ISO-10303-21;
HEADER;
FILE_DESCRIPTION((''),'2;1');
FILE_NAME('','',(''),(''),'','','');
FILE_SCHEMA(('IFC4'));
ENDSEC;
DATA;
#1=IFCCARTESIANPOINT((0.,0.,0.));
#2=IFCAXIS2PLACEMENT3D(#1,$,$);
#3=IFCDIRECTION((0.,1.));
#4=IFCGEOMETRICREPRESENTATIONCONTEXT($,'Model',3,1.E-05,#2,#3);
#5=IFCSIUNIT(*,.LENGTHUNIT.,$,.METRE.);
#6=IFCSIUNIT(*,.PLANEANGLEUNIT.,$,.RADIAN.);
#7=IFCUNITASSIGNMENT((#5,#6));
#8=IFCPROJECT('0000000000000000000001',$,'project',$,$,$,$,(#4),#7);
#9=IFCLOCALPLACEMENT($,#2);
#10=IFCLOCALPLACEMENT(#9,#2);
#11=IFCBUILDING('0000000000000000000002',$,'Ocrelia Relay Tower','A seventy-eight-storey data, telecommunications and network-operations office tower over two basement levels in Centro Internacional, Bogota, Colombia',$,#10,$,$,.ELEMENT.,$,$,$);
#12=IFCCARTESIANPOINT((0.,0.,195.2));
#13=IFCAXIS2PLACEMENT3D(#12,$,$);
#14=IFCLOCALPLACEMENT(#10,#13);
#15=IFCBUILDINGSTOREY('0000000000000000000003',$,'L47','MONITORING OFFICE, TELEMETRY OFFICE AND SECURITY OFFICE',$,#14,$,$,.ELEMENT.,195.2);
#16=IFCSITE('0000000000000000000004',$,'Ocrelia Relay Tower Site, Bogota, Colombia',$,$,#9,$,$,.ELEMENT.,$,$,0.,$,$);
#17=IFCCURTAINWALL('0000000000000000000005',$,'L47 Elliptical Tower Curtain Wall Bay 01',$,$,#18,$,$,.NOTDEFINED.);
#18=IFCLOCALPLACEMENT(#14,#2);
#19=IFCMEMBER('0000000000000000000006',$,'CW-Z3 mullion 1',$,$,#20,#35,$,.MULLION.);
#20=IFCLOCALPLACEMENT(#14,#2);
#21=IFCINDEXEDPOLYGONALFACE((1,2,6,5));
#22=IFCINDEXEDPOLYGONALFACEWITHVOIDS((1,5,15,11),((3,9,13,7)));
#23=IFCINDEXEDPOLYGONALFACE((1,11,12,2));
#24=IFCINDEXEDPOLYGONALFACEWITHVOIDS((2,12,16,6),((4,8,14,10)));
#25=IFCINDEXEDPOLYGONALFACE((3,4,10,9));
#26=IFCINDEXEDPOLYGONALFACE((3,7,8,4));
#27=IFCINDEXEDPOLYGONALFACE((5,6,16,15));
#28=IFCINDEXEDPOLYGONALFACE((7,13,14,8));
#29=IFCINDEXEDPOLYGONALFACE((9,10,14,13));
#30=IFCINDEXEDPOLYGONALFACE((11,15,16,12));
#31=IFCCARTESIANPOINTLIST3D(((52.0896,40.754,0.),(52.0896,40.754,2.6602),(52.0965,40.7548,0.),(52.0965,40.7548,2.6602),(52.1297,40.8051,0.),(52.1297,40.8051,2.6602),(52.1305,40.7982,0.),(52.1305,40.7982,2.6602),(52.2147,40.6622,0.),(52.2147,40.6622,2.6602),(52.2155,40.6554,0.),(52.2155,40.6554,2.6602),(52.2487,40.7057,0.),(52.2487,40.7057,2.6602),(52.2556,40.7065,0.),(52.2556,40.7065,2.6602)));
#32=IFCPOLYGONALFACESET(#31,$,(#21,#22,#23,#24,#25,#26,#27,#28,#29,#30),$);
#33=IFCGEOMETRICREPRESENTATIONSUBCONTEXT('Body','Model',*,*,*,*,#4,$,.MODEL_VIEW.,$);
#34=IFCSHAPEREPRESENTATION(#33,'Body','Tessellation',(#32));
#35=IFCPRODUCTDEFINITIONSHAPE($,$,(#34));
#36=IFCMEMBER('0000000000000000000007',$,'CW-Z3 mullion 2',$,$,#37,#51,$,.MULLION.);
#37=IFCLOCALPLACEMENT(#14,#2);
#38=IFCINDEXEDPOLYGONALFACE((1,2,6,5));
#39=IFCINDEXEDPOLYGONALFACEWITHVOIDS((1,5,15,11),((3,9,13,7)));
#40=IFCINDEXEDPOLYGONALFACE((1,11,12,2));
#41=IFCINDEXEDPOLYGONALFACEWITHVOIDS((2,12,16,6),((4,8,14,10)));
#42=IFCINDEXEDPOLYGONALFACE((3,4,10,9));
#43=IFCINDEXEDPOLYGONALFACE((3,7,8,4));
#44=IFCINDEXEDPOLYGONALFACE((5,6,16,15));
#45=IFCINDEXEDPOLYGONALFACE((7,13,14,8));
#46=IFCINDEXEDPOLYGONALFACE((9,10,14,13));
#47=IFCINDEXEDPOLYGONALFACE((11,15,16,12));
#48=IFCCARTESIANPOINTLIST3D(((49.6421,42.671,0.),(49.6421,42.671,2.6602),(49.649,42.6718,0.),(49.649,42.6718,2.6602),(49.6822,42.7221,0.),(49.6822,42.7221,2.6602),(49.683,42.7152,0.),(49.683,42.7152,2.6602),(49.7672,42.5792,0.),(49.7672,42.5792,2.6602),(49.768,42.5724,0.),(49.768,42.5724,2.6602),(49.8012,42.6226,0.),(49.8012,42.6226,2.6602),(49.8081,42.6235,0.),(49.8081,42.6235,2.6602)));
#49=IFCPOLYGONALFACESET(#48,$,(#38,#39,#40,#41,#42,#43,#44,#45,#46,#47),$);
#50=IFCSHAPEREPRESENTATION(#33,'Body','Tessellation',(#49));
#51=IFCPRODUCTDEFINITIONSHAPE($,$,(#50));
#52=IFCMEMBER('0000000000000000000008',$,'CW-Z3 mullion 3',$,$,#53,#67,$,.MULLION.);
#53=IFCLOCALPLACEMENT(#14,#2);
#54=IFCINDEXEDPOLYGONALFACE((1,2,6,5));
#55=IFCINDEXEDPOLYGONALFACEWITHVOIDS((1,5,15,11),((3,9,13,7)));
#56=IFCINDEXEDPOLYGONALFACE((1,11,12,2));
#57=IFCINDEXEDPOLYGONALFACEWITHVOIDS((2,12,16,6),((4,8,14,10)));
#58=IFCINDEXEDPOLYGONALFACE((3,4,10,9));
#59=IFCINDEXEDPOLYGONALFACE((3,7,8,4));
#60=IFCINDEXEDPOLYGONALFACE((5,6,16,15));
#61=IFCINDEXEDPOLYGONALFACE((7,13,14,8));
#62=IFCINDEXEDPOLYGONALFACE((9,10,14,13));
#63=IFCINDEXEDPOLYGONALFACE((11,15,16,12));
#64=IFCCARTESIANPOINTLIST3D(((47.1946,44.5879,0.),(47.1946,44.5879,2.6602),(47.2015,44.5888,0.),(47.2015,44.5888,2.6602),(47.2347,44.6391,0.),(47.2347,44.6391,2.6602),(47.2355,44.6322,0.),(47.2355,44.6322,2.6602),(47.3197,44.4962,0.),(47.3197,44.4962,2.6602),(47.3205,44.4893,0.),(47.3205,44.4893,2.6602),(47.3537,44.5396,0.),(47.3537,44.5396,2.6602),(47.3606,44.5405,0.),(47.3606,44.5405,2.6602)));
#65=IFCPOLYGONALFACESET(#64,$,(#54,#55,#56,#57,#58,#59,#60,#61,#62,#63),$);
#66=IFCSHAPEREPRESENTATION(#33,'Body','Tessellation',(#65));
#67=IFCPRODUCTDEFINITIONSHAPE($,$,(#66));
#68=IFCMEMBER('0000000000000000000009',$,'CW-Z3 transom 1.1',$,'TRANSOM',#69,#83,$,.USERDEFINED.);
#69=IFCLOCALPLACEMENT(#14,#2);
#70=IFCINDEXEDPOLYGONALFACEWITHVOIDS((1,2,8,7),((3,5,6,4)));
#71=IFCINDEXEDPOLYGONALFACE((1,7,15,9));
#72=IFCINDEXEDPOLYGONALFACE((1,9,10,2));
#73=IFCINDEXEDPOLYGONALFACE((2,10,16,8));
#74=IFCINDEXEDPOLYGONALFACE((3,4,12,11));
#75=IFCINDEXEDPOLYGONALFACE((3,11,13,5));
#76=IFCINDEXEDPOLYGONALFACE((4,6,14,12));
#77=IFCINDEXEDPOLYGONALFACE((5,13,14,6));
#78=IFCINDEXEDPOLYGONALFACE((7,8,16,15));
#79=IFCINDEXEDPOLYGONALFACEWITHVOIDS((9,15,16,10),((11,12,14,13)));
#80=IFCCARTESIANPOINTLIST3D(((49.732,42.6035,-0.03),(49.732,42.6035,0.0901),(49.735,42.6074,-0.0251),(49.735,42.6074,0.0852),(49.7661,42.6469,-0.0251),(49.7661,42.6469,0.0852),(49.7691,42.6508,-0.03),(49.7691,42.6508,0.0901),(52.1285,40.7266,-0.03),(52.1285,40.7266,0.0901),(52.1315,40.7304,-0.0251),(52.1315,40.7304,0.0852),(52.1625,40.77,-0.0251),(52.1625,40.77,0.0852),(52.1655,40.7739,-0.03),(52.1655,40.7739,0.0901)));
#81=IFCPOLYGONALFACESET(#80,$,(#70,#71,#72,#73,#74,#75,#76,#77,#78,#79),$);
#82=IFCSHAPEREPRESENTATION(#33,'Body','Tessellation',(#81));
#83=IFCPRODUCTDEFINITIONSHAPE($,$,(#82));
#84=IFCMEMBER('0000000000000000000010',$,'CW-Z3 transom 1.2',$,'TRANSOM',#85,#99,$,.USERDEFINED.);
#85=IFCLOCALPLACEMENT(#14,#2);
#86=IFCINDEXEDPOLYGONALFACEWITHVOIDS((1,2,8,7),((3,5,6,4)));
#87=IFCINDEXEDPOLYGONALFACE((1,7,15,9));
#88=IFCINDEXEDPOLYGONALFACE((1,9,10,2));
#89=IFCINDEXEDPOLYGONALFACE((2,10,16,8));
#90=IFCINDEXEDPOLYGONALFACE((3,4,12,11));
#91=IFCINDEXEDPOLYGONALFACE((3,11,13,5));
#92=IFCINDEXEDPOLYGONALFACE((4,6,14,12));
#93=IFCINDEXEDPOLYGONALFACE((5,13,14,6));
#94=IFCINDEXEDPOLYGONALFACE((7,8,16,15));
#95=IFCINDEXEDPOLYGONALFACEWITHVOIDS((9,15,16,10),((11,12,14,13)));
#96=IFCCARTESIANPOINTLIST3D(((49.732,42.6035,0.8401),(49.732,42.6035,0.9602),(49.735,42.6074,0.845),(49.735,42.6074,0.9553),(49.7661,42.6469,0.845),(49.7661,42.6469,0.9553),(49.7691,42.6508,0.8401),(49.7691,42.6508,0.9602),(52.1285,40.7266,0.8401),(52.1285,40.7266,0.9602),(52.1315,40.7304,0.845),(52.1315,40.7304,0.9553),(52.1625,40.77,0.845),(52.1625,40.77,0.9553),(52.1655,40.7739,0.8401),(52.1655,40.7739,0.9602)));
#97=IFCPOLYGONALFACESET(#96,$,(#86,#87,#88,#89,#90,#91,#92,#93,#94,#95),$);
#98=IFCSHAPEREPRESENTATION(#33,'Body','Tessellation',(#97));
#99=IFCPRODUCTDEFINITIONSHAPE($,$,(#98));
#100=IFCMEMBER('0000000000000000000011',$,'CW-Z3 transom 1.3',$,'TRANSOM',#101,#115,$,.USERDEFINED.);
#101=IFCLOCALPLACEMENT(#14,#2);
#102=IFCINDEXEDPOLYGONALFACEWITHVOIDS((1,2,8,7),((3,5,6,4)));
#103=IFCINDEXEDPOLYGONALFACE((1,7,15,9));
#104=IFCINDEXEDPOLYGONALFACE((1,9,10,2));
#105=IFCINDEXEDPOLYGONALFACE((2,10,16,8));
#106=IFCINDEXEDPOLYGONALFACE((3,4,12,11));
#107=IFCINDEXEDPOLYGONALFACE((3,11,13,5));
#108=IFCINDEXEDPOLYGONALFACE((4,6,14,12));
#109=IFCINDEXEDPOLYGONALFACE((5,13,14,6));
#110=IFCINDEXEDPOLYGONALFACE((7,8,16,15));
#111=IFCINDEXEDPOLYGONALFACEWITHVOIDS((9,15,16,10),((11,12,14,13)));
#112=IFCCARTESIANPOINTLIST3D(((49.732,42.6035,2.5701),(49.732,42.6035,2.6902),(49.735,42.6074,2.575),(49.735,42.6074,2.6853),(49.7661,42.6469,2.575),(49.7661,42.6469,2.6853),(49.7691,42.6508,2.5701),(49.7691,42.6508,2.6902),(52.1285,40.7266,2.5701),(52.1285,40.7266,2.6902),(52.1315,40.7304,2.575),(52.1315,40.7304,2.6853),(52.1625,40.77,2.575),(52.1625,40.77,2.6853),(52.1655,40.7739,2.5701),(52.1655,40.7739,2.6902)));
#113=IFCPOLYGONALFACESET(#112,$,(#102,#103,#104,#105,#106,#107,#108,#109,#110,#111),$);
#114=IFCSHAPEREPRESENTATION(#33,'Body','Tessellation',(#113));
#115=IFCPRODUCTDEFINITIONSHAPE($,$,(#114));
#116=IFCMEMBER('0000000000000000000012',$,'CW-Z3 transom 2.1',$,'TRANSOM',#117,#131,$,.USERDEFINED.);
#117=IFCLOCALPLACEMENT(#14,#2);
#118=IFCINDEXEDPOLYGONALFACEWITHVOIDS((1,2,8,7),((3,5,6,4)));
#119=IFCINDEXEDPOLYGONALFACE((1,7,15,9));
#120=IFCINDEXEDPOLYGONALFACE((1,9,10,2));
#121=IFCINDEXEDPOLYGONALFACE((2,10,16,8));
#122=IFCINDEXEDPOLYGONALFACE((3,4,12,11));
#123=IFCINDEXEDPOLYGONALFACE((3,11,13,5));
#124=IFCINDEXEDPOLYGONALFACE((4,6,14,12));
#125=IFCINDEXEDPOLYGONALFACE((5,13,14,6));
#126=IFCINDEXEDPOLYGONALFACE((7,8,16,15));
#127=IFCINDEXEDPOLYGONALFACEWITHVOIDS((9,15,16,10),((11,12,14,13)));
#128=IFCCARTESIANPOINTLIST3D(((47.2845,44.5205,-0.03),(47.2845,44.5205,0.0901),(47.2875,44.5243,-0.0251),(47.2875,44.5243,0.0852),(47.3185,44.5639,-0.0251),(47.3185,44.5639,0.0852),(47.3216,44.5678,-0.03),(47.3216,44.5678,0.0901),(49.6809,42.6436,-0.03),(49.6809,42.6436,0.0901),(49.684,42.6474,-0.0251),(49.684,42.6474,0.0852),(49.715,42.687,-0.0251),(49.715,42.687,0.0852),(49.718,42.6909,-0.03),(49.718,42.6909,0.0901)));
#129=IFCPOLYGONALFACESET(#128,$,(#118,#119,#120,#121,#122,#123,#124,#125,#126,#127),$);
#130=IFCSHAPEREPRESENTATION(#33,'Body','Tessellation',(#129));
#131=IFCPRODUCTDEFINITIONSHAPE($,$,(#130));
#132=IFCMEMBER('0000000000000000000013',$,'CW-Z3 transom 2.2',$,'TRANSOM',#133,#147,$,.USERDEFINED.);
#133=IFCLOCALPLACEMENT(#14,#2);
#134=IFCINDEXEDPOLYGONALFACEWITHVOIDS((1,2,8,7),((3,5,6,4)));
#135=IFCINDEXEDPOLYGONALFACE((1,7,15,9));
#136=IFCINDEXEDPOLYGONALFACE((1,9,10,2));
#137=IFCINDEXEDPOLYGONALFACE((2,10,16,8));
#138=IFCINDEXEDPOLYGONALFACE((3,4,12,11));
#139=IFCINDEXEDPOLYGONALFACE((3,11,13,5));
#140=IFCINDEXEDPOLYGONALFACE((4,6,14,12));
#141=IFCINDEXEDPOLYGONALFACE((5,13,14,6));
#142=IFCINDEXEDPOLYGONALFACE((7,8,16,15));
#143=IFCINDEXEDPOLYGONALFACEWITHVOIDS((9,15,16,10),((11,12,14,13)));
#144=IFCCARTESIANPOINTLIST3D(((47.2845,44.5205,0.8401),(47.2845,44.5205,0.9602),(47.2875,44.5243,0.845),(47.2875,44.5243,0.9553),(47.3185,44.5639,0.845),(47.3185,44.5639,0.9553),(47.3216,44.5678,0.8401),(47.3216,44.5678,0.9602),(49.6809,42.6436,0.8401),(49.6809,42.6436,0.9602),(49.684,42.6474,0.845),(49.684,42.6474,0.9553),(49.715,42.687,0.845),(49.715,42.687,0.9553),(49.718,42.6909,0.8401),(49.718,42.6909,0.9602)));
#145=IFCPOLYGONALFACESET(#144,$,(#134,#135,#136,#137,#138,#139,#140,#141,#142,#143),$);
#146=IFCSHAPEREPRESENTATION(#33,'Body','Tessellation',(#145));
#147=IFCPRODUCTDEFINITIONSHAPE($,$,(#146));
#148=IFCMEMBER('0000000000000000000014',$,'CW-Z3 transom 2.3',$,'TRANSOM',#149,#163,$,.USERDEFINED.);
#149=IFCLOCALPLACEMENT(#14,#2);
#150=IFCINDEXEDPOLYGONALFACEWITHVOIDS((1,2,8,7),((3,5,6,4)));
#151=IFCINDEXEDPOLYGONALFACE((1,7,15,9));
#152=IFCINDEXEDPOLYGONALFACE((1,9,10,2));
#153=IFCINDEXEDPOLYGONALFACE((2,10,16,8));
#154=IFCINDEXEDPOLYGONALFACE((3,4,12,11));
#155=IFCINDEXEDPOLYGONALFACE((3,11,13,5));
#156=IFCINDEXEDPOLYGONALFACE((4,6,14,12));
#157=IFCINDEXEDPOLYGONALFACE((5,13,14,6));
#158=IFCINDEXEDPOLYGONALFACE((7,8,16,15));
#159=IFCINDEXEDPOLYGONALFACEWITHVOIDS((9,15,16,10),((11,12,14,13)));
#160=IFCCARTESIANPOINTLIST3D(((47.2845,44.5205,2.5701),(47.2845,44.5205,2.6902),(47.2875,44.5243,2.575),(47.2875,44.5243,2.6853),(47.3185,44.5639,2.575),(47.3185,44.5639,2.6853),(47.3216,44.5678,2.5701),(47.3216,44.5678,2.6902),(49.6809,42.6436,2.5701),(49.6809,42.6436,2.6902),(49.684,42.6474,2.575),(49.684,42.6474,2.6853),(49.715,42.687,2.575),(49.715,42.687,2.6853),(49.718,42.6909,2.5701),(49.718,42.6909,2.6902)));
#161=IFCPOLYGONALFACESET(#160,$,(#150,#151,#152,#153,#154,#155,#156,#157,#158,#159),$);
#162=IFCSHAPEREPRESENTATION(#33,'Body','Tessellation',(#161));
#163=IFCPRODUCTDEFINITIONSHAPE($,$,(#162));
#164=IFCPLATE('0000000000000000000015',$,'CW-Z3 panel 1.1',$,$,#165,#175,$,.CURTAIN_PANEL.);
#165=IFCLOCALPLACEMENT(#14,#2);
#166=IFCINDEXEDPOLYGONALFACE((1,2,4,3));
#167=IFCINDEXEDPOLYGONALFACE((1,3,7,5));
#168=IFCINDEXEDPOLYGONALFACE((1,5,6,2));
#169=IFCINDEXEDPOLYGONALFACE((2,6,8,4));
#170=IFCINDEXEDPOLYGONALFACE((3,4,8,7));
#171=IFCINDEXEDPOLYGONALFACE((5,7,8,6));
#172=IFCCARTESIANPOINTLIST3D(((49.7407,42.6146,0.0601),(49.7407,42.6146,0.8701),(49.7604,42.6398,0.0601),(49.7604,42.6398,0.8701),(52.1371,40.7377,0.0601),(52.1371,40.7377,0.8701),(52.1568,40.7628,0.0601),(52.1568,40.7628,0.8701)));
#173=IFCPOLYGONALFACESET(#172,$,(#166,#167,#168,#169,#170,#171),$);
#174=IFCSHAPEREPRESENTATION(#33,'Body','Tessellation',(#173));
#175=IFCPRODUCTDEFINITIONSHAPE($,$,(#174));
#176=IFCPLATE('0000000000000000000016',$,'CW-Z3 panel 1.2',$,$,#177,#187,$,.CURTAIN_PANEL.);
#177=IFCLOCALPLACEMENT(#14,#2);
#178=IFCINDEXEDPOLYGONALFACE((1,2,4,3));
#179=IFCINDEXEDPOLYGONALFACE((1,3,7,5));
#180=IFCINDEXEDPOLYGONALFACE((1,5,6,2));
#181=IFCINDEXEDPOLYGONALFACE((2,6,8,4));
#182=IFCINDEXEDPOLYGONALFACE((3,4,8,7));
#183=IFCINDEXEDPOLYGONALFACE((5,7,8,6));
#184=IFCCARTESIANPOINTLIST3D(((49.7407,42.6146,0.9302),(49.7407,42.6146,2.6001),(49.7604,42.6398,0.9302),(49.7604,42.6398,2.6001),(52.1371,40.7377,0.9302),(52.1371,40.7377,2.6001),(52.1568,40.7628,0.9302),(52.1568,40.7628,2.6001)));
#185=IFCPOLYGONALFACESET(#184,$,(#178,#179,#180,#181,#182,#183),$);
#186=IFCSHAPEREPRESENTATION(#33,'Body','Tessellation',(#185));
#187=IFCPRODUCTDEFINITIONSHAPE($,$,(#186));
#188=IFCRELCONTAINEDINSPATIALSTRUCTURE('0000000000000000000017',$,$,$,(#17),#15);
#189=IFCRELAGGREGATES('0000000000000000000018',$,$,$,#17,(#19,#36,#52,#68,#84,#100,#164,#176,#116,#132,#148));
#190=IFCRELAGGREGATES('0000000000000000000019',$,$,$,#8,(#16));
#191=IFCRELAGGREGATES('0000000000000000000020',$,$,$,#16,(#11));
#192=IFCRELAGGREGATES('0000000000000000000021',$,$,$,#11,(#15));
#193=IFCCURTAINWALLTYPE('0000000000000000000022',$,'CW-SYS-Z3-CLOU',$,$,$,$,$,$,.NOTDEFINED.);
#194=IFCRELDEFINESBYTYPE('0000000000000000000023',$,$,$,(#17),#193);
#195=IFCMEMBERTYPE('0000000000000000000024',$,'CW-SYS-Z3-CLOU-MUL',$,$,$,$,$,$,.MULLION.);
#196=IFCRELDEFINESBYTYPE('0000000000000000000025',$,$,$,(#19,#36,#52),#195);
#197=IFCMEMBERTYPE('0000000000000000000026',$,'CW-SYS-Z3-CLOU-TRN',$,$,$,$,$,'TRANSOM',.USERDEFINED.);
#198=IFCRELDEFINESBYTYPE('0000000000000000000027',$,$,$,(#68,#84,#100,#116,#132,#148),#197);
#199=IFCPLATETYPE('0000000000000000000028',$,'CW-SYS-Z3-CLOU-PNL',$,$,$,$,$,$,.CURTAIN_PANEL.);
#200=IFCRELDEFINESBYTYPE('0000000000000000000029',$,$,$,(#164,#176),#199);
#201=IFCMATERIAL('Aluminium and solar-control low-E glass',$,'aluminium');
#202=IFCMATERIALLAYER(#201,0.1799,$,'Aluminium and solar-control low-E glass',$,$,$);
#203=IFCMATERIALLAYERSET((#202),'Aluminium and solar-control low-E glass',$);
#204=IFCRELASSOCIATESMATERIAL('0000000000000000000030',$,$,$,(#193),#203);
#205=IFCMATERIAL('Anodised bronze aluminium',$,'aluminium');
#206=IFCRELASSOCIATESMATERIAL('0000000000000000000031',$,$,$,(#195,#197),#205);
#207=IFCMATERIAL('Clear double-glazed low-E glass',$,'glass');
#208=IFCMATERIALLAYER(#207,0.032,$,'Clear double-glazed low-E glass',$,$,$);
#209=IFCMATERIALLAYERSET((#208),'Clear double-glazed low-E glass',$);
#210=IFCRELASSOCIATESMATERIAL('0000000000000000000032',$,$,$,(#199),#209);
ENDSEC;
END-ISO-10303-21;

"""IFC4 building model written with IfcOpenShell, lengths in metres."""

from ifc_helpers import new_model, si_unit, direction, frame, origin, origin_2d, place, context, subcontext, project, spatial, rectangle, hollow_rectangle, extrude, material, layer, layer_set, material_profile, profile_set, type_object, element, aggregate, save


model = new_model("IFC4")

# Units and contexts
model_context = context("Model", 3, precision=1e-05, world=origin(), true_north=direction((0.0, 1.0)))
body_context = subcontext(model_context, "Body", "Model", "MODEL_VIEW")
ifc_project = project(units=[si_unit("LENGTHUNIT", "METRE"), si_unit("PLANEANGLEUNIT", "RADIAN")], contexts=[model_context])

# Site, building, storey
site_placement = place(None, origin())
site = spatial("IfcSite", under=ifc_project, at=site_placement, Name="Ocrelia Relay Tower Site, Bogota, Colombia", CompositionType="ELEMENT", RefElevation=0.0)
building_placement = place(site_placement, origin())
building = spatial("IfcBuilding", under=site, at=building_placement, Name="Ocrelia Relay Tower", Description="A seventy-eight-storey data, telecommunications and network-operations office tower over two basement levels in Centro Internacional, Bogota, Colombia", CompositionType="ELEMENT")
storey_placement = place(building_placement, frame((0.0, 0.0, 195.2)))
storey = spatial("IfcBuildingStorey", under=building, at=storey_placement, Name="L47", Description="MONITORING OFFICE, TELEMETRY OFFICE AND SECURITY OFFICE", CompositionType="ELEMENT", Elevation=195.2)

# Curtain wall, members, plates
ifc_material_1 = material(Name="Aluminium and solar-control low-E glass", Category="aluminium")
ifc_layer_1 = layer(ifc_material_1, 0.1799, Name="Aluminium and solar-control low-E glass")
ifc_layer_set_1 = layer_set([ifc_layer_1], Name="Aluminium and solar-control low-E glass")
curtain_wall_type = type_object("IfcCurtainWallType", Name="CW-SYS-Z3-CLOU", PredefinedType="NOTDEFINED", material=ifc_layer_set_1)
curtain_wall_placement = place(storey_placement, origin())
curtain_wall = element("IfcCurtainWall", 1, at=curtain_wall_placement, inside=storey, type_object=curtain_wall_type, Name="L47 Elliptical Tower Curtain Wall Bay 01", PredefinedType="NOTDEFINED")
ifc_material_2 = material(Name="Anodised bronze aluminium", Category="aluminium")
ifc_material_profile_1 = material_profile(ifc_material_2, hollow_rectangle(XDim=0.0649, YDim=0.1599, WallThickness=0.0049, at=origin_2d()), Name="CW-MUL-160x65")
ifc_profile_set_1 = profile_set([ifc_material_profile_1], Name="Anodised bronze aluminium")
member_type_1 = type_object("IfcMemberType", Name="CW-SYS-Z3-CLOU-MUL", PredefinedType="MULLION", material=ifc_profile_set_1)
member_1_placement = place(storey_placement, frame((52.1726, 40.7302, 0.0), z_axis=(0.0, 0.0, 1.0), x_axis=(-0.61662, -0.787261, 0.0)))
member_1 = element("IfcMember", 2, at=member_1_placement, type_object=member_type_1, Name="CW-Z3 mullion 1", PredefinedType="MULLION", context=body_context, shape_type="SweptSolid", body=[
    extrude(hollow_rectangle(XDim=0.0649, YDim=0.1599, WallThickness=0.0049, at=origin_2d()), origin(), (0.0, 0.0, 1.0), 2.6602),
])
member_2_placement = place(storey_placement, frame((49.7251, 42.6472, 0.0), z_axis=(0.0, 0.0, 1.0), x_axis=(-0.61662, -0.787261, 0.0)))
member_2 = element("IfcMember", 3, at=member_2_placement, type_object=member_type_1, Name="CW-Z3 mullion 2", PredefinedType="MULLION", context=body_context, shape_type="SweptSolid", body=[
    extrude(hollow_rectangle(XDim=0.0649, YDim=0.1599, WallThickness=0.0049, at=origin_2d()), origin(), (0.0, 0.0, 1.0), 2.6602),
])
member_3_placement = place(storey_placement, frame((47.2776, 44.5642, 0.0), z_axis=(0.0, 0.0, 1.0), x_axis=(-0.61662, -0.787261, 0.0)))
member_3 = element("IfcMember", 4, at=member_3_placement, type_object=member_type_1, Name="CW-Z3 mullion 3", PredefinedType="MULLION", context=body_context, shape_type="SweptSolid", body=[
    extrude(hollow_rectangle(XDim=0.0649, YDim=0.1599, WallThickness=0.0049, at=origin_2d()), origin(), (0.0, 0.0, 1.0), 2.6602),
])
ifc_material_profile_2 = material_profile(ifc_material_2, hollow_rectangle(XDim=0.0601, YDim=0.1201, WallThickness=0.0049, at=origin_2d()), Name="CW-TRN-120x60")
ifc_profile_set_2 = profile_set([ifc_material_profile_2], Name="Anodised bronze aluminium")
member_type_2 = type_object("IfcMemberType", Name="CW-SYS-Z3-CLOU-TRN", ElementType="TRANSOM", PredefinedType="USERDEFINED", material=ifc_profile_set_2)
member_4_placement = place(storey_placement, frame((52.147, 40.7502, 0.03), z_axis=(-0.787275, 0.616602, 0.0), x_axis=(-0.616602, -0.787275, 0.0)))
member_4 = element("IfcMember", 5, at=member_4_placement, type_object=member_type_2, Name="CW-Z3 transom 1.1", ObjectType="TRANSOM", PredefinedType="USERDEFINED", context=body_context, shape_type="SweptSolid", body=[
    extrude(hollow_rectangle(XDim=0.0601, YDim=0.1201, WallThickness=0.0049, at=origin_2d()), origin(), (0.0, 0.0, 1.0), 3.0439),
])
member_5_placement = place(storey_placement, frame((52.147, 40.7502, 0.9001), z_axis=(-0.787275, 0.616602, 0.0), x_axis=(-0.616602, -0.787275, 0.0)))
member_5 = element("IfcMember", 6, at=member_5_placement, type_object=member_type_2, Name="CW-Z3 transom 1.2", ObjectType="TRANSOM", PredefinedType="USERDEFINED", context=body_context, shape_type="SweptSolid", body=[
    extrude(hollow_rectangle(XDim=0.0601, YDim=0.1201, WallThickness=0.0049, at=origin_2d()), origin(), (0.0, 0.0, 1.0), 3.0439),
])
member_6_placement = place(storey_placement, frame((52.147, 40.7502, 2.6301), z_axis=(-0.787275, 0.616602, 0.0), x_axis=(-0.616602, -0.787275, 0.0)))
member_6 = element("IfcMember", 7, at=member_6_placement, type_object=member_type_2, Name="CW-Z3 transom 1.3", ObjectType="TRANSOM", PredefinedType="USERDEFINED", context=body_context, shape_type="SweptSolid", body=[
    extrude(hollow_rectangle(XDim=0.0601, YDim=0.1201, WallThickness=0.0049, at=origin_2d()), origin(), (0.0, 0.0, 1.0), 3.0439),
])
member_7_placement = place(storey_placement, frame((49.6995, 42.6672, 0.03), z_axis=(-0.787275, 0.616602, 0.0), x_axis=(-0.616602, -0.787275, 0.0)))
member_7 = element("IfcMember", 8, at=member_7_placement, type_object=member_type_2, Name="CW-Z3 transom 2.1", ObjectType="TRANSOM", PredefinedType="USERDEFINED", context=body_context, shape_type="SweptSolid", body=[
    extrude(hollow_rectangle(XDim=0.0601, YDim=0.1201, WallThickness=0.0049, at=origin_2d()), origin(), (0.0, 0.0, 1.0), 3.0439),
])
member_8_placement = place(storey_placement, frame((49.6995, 42.6672, 0.9001), z_axis=(-0.787275, 0.616602, 0.0), x_axis=(-0.616602, -0.787275, 0.0)))
member_8 = element("IfcMember", 9, at=member_8_placement, type_object=member_type_2, Name="CW-Z3 transom 2.2", ObjectType="TRANSOM", PredefinedType="USERDEFINED", context=body_context, shape_type="SweptSolid", body=[
    extrude(hollow_rectangle(XDim=0.0601, YDim=0.1201, WallThickness=0.0049, at=origin_2d()), origin(), (0.0, 0.0, 1.0), 3.0439),
])
member_9_placement = place(storey_placement, frame((49.6995, 42.6672, 2.6301), z_axis=(-0.787275, 0.616602, 0.0), x_axis=(-0.616602, -0.787275, 0.0)))
member_9 = element("IfcMember", 10, at=member_9_placement, type_object=member_type_2, Name="CW-Z3 transom 2.3", ObjectType="TRANSOM", PredefinedType="USERDEFINED", context=body_context, shape_type="SweptSolid", body=[
    extrude(hollow_rectangle(XDim=0.0601, YDim=0.1201, WallThickness=0.0049, at=origin_2d()), origin(), (0.0, 0.0, 1.0), 3.0439),
])
ifc_material_3 = material(Name="Clear double-glazed low-E glass", Category="glass")
ifc_layer_2 = layer(ifc_material_3, 0.032, Name="Clear double-glazed low-E glass")
ifc_layer_set_2 = layer_set([ifc_layer_2], Name="Clear double-glazed low-E glass")
plate_type = type_object("IfcPlateType", Name="CW-SYS-Z3-CLOU-PNL", PredefinedType="CURTAIN_PANEL", material=ifc_layer_set_2)
plate_1_placement = place(storey_placement, frame((50.9487, 41.6887, 0.0601), z_axis=(0.0, 0.0, 1.0), x_axis=(-0.787261, 0.61662, 0.0)))
plate_1 = element("IfcPlate", 11, at=plate_1_placement, type_object=plate_type, Name="CW-Z3 panel 1.1", PredefinedType="CURTAIN_PANEL", context=body_context, shape_type="SweptSolid", body=[
    extrude(rectangle(XDim=3.0439, YDim=0.032, at=origin_2d()), origin(), (0.0, 0.0, 1.0), 0.8101),
])
plate_2_placement = place(storey_placement, frame((50.9487, 41.6887, 0.9302), z_axis=(0.0, 0.0, 1.0), x_axis=(-0.787261, 0.61662, 0.0)))
plate_2 = element("IfcPlate", 12, at=plate_2_placement, type_object=plate_type, Name="CW-Z3 panel 1.2", PredefinedType="CURTAIN_PANEL", context=body_context, shape_type="SweptSolid", body=[
    extrude(rectangle(XDim=3.0439, YDim=0.032, at=origin_2d()), origin(), (0.0, 0.0, 1.0), 1.6699),
])
aggregate(curtain_wall, [member_1, member_2, member_3, member_4, member_5, member_6, plate_1, plate_2, member_7, member_8, member_9])

save(model, "model.ifc")
